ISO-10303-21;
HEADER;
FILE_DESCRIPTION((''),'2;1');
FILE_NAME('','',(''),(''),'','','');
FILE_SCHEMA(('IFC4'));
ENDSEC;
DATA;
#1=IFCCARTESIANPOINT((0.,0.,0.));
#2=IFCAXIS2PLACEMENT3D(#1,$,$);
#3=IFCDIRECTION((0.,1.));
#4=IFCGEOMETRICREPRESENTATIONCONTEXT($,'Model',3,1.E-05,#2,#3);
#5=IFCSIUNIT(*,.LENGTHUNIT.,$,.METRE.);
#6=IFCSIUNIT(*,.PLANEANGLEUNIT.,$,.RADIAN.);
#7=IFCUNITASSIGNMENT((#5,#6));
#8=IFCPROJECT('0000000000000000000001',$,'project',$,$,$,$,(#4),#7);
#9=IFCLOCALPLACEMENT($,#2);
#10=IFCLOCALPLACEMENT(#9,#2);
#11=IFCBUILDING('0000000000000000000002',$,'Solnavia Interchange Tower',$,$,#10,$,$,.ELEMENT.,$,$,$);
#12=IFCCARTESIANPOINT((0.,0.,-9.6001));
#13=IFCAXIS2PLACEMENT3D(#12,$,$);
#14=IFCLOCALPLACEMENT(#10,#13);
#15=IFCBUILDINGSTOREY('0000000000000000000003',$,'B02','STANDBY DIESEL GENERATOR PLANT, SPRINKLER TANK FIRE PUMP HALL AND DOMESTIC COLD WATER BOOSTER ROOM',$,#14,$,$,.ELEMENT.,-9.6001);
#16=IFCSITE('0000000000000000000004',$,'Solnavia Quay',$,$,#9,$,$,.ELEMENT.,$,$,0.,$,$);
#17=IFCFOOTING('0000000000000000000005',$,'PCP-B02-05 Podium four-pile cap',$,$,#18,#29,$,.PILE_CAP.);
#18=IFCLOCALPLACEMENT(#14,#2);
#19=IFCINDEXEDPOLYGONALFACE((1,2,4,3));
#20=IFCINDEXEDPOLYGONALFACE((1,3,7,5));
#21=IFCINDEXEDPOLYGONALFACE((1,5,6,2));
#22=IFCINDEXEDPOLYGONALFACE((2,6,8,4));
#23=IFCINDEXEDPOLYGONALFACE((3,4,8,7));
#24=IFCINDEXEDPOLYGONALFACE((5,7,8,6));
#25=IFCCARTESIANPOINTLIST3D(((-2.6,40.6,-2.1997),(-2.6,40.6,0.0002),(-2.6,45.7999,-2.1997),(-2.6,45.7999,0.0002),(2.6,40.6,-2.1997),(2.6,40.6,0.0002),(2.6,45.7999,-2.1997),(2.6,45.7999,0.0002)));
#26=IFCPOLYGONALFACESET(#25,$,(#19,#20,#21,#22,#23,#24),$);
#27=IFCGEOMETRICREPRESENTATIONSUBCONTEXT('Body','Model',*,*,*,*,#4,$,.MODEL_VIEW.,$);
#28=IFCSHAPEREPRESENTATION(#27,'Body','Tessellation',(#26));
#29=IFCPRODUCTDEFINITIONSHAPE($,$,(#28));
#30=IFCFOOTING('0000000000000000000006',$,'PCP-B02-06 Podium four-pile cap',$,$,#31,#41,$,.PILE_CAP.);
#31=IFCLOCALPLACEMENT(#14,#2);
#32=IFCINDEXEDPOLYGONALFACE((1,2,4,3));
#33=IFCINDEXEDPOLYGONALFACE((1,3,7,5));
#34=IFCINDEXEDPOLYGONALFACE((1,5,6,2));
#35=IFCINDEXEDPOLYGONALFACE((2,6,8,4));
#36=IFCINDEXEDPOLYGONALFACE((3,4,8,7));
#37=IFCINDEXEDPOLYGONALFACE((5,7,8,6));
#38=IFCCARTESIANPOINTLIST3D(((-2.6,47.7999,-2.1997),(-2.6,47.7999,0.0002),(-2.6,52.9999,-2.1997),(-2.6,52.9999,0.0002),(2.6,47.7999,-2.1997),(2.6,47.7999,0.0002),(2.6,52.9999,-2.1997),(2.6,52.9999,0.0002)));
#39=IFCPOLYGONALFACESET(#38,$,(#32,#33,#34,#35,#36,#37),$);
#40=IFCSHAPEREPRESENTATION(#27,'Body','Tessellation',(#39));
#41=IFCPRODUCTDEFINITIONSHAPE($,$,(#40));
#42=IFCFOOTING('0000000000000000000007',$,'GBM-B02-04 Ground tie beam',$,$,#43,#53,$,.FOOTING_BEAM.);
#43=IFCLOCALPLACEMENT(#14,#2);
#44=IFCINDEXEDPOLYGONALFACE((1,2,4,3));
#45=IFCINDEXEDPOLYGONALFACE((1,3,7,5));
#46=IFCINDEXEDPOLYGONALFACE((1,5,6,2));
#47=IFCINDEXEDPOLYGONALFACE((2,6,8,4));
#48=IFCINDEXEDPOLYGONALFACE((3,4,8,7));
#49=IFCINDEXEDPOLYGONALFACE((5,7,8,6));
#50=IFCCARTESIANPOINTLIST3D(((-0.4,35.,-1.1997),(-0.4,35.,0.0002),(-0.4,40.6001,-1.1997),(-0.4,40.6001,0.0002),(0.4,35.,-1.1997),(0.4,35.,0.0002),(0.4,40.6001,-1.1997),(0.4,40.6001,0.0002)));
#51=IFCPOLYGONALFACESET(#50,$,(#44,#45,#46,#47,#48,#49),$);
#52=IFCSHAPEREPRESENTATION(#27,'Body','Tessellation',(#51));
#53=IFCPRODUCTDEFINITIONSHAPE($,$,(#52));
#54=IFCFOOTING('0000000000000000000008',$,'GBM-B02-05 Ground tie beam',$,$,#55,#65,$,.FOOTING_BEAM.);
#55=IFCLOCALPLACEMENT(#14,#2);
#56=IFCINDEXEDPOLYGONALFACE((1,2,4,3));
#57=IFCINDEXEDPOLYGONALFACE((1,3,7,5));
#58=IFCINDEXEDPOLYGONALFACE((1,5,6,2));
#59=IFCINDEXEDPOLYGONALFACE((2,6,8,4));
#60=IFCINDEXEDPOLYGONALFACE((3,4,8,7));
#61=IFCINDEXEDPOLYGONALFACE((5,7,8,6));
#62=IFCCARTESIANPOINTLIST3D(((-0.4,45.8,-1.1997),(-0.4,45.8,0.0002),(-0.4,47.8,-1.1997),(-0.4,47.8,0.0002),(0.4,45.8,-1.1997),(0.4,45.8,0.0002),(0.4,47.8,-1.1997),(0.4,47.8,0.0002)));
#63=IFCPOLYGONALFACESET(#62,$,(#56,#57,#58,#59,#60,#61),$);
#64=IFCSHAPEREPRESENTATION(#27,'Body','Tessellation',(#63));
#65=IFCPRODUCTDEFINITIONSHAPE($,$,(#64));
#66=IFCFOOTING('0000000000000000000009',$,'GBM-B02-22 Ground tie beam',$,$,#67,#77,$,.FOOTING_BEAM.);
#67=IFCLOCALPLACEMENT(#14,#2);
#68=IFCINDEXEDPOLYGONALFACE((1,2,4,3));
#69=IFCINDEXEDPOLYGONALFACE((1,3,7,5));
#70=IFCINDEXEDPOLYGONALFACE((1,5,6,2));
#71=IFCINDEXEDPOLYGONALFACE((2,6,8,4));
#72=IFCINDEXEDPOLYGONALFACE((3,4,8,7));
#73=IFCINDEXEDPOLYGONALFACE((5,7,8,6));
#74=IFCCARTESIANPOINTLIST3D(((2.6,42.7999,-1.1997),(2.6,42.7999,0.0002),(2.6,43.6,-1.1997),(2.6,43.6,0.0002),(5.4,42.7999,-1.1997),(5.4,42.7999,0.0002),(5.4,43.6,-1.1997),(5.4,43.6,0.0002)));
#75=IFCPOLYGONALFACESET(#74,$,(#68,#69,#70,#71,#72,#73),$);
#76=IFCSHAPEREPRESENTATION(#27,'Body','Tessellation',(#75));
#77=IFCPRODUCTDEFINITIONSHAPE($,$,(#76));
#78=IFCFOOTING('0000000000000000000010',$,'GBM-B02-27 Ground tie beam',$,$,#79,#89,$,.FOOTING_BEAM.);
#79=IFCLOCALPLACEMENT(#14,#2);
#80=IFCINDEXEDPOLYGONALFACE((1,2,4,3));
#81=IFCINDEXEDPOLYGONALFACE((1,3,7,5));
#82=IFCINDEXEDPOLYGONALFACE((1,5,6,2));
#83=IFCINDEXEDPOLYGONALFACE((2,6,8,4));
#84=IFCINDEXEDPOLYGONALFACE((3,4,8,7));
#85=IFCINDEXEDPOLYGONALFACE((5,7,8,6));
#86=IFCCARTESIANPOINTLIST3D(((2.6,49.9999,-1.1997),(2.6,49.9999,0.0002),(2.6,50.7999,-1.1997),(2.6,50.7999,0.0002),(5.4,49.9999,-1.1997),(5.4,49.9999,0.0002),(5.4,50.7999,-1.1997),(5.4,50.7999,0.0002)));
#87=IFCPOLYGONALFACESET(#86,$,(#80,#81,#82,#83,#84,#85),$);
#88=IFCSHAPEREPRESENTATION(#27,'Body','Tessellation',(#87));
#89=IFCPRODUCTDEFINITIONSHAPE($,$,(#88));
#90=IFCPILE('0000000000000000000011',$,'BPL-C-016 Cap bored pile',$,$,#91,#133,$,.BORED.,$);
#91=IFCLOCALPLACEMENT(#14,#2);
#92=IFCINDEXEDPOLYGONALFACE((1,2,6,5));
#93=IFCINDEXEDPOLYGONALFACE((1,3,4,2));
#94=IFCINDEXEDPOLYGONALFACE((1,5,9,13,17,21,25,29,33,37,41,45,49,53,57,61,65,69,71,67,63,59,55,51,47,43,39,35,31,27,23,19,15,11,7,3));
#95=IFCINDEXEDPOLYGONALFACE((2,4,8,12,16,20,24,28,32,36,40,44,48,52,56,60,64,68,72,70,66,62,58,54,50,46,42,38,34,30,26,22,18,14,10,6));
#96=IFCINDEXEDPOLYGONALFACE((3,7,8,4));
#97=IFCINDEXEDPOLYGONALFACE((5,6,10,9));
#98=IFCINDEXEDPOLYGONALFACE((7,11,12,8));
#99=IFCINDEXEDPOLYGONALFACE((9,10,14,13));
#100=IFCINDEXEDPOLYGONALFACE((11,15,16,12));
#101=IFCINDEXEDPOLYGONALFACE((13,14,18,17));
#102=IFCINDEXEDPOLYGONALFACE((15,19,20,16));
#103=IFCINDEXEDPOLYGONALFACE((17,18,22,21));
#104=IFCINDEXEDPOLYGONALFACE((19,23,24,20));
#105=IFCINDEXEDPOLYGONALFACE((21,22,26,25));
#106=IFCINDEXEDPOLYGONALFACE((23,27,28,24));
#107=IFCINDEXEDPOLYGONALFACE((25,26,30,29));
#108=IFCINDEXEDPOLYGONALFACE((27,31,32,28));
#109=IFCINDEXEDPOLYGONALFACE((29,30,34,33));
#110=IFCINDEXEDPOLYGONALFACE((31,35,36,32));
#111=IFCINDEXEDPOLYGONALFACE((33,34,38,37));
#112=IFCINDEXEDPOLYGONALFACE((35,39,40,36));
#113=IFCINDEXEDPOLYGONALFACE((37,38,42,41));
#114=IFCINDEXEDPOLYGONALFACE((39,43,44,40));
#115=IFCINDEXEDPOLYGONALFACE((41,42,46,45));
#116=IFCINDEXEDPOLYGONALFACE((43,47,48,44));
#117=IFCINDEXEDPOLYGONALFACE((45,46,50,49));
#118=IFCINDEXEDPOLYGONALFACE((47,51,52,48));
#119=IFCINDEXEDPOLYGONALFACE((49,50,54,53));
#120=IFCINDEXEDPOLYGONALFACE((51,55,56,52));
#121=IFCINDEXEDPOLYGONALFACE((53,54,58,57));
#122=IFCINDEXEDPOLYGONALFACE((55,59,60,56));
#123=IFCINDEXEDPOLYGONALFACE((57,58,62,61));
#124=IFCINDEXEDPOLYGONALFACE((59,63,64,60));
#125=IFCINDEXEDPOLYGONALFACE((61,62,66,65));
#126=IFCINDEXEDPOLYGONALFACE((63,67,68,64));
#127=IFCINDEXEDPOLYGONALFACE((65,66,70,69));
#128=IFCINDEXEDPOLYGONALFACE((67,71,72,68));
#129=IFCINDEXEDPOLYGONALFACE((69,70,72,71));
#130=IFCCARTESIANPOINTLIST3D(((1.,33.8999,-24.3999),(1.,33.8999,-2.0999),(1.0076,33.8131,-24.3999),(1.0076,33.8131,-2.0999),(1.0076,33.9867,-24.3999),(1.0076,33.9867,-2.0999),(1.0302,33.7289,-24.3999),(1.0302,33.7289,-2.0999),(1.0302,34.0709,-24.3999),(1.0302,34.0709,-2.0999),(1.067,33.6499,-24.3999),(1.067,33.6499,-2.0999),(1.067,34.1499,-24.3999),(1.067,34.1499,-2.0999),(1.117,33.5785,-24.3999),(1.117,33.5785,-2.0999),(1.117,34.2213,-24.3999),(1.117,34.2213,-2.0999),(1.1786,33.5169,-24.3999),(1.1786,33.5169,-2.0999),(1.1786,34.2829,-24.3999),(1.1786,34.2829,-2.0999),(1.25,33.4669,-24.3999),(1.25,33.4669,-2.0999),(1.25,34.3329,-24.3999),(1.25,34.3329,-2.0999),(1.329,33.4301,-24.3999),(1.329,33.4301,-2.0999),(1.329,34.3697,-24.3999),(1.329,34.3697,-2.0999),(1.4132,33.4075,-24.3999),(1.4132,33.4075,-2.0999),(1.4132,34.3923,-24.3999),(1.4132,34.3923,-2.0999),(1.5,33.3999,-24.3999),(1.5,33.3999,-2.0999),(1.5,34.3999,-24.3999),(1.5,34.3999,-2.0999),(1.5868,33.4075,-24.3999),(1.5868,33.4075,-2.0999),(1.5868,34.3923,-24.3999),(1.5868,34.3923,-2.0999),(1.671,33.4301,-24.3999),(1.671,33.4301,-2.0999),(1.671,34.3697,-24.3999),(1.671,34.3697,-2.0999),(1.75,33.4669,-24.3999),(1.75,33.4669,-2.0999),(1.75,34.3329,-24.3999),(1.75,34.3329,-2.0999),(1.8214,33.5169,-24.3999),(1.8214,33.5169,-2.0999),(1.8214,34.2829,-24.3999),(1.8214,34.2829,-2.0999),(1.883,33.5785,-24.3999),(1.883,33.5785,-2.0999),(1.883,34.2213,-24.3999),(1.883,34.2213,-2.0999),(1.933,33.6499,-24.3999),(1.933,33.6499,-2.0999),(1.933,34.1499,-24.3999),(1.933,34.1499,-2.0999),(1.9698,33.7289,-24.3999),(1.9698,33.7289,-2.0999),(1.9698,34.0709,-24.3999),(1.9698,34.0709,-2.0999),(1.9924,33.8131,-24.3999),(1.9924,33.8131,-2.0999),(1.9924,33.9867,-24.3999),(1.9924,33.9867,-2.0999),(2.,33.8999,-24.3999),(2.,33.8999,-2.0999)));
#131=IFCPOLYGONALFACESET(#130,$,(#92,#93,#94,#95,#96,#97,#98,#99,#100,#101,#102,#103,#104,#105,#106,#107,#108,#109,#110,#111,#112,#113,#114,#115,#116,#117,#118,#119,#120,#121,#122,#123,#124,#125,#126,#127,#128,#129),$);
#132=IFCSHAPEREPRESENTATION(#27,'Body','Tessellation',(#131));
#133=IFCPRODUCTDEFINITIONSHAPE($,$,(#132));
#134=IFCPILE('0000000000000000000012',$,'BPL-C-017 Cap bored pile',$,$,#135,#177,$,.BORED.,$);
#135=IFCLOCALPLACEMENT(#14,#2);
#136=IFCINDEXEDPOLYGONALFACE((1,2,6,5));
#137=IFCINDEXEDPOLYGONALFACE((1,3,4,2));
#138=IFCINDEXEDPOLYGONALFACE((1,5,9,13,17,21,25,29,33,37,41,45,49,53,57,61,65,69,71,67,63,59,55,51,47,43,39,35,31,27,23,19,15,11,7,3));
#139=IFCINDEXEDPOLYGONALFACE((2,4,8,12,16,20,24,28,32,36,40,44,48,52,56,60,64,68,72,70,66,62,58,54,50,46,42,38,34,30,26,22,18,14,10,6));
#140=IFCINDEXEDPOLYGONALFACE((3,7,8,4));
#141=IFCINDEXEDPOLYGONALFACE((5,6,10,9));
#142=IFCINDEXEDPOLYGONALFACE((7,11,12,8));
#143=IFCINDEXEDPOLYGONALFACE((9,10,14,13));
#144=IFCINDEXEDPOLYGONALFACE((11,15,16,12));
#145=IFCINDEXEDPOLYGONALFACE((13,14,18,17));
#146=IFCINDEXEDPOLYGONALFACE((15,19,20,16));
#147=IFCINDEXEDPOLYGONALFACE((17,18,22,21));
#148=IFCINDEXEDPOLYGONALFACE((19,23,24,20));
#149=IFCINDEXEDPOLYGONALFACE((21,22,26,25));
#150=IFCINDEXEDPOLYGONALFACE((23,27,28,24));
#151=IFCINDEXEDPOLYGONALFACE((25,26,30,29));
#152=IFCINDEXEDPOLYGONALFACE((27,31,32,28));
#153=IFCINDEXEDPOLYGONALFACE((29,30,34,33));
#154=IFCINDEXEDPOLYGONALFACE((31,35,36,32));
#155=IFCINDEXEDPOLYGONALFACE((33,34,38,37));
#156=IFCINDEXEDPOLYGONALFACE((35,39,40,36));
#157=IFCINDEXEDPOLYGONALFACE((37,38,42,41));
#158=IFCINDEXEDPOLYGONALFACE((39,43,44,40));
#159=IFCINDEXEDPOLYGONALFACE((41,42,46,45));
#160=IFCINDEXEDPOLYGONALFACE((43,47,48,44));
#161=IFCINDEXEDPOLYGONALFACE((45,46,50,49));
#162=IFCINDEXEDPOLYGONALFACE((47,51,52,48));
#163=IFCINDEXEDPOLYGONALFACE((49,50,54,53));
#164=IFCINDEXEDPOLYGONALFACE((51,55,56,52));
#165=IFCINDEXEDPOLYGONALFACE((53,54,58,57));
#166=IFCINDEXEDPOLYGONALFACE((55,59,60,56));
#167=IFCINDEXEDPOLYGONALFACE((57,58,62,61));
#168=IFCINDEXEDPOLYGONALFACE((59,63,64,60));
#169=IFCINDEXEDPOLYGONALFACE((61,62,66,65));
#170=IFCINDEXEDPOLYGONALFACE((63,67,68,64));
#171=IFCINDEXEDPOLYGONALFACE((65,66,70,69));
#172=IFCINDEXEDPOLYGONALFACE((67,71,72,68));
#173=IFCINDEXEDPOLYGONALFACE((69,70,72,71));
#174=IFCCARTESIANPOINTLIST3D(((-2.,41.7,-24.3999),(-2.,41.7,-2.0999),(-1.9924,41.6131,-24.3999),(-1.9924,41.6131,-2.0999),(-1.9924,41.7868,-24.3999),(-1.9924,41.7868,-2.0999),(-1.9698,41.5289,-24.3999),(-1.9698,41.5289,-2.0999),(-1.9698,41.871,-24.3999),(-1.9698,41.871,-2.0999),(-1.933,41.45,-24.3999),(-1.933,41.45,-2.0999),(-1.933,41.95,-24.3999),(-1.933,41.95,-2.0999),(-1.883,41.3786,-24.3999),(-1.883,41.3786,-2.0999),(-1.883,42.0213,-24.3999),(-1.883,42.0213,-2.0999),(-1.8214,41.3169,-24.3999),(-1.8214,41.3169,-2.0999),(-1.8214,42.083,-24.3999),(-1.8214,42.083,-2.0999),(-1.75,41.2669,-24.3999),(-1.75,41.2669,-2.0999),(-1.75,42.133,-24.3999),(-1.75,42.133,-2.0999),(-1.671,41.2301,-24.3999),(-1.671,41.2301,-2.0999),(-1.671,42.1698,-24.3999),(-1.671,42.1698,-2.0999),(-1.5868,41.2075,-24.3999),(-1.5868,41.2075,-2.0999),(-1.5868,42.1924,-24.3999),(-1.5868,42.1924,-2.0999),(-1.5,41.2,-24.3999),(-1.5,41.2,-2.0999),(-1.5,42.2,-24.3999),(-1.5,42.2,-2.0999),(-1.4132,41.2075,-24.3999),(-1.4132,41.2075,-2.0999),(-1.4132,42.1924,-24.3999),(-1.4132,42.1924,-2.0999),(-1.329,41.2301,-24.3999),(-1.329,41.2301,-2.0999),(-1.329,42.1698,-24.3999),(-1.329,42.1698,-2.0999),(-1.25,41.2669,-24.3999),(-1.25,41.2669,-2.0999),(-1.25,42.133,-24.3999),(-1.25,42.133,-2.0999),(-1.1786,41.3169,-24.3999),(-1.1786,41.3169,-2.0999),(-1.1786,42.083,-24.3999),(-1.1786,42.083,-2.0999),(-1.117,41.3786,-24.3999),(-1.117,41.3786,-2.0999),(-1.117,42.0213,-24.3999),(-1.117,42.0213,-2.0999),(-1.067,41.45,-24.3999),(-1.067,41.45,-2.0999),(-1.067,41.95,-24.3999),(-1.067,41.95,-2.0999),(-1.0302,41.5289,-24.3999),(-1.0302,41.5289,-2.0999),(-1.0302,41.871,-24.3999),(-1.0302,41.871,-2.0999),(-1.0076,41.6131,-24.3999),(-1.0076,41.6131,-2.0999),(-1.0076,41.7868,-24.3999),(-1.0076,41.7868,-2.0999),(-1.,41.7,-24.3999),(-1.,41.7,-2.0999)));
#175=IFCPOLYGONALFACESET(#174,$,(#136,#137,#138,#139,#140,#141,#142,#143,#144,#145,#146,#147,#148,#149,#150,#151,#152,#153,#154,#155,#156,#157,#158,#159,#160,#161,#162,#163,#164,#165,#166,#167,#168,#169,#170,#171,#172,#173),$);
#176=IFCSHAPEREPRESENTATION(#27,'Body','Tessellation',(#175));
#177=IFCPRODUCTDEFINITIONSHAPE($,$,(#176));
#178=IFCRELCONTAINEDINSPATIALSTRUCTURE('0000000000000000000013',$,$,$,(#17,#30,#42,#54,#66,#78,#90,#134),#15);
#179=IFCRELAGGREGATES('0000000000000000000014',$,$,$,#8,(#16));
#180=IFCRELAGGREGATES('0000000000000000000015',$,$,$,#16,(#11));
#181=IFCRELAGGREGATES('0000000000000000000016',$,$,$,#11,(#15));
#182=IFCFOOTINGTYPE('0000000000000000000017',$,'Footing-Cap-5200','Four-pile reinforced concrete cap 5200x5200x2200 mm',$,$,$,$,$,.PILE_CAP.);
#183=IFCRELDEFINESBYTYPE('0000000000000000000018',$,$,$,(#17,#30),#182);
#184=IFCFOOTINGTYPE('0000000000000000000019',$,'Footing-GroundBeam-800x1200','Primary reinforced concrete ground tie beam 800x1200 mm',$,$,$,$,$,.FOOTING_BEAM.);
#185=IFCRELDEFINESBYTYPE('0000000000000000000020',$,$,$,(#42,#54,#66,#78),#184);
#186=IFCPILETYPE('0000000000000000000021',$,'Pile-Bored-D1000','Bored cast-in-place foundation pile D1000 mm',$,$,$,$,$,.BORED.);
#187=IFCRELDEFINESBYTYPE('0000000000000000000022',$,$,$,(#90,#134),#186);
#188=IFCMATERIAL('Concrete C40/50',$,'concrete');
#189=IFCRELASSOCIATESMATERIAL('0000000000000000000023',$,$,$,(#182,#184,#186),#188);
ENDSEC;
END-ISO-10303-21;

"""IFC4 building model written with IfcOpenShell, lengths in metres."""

from ifc_helpers import new_model, si_unit, direction, frame, origin, origin_2d, place, context, subcontext, project, spatial, rectangle, circle, extrude, material, material_profile, profile_set, type_object, element, save


model = new_model("IFC4")

# Units and contexts
model_context = context("Model", 3, precision=1e-05, world=origin(), true_north=direction((0.0, 1.0)))
body_context = subcontext(model_context, "Body", "Model", "MODEL_VIEW")
ifc_project = project(units=[si_unit("LENGTHUNIT", "METRE"), si_unit("PLANEANGLEUNIT", "RADIAN")], contexts=[model_context])

# Site, building, storey
site_placement = place(None, origin())
site = spatial("IfcSite", under=ifc_project, at=site_placement, Name="Solnavia Quay", CompositionType="ELEMENT", RefElevation=0.0)
building_placement = place(site_placement, origin())
building = spatial("IfcBuilding", under=site, at=building_placement, Name="Solnavia Interchange Tower", CompositionType="ELEMENT")
storey_placement = place(building_placement, frame((0.0, 0.0, -9.6001)))
storey = spatial("IfcBuildingStorey", under=building, at=storey_placement, Name="B02", Description="STANDBY DIESEL GENERATOR PLANT, SPRINKLER TANK FIRE PUMP HALL AND DOMESTIC COLD WATER BOOSTER ROOM", CompositionType="ELEMENT", Elevation=-9.6001)

# Footings
ifc_material_1 = material(Name="Concrete C40/50", Category="concrete")
footing_type_1 = type_object("IfcFootingType", Name="Footing-Cap-5200", Description="Four-pile reinforced concrete cap 5200x5200x2200 mm", PredefinedType="PILE_CAP", material=ifc_material_1)
for number, where, z_axis, x_axis, name in (
    (1, (0.0, 43.2, -2.1997), (0.0, 0.0, 1.0), (1.0, 0.0, 0.0), "PCP-B02-05 Podium four-pile cap"),
    (2, (0.0, 50.3999, -2.1997), (0.0, 0.0, 1.0), (1.0, 0.0, 0.0), "PCP-B02-06 Podium four-pile cap"),
):
    element("IfcFooting", number, at=place(storey_placement, frame(where, z_axis=z_axis, x_axis=x_axis)), inside=storey, type_object=footing_type_1, Name=name, PredefinedType="PILE_CAP", context=body_context, shape_type="SweptSolid", body=[
        extrude(rectangle(XDim=5.2, YDim=5.2, at=origin_2d()), origin(), (0.0, 0.0, 1.0), 2.2),
    ])
footing_type_2 = type_object("IfcFootingType", Name="Footing-GroundBeam-800x1200", Description="Primary reinforced concrete ground tie beam 800x1200 mm", PredefinedType="FOOTING_BEAM", material=ifc_material_1)
footing_1_placement = place(storey_placement, frame((0.0, 37.8, -1.1997), z_axis=(0.0, 0.0, 1.0), x_axis=(0.0, 1.0, 0.0)))
element("IfcFooting", 3, at=footing_1_placement, inside=storey, type_object=footing_type_2, Name="GBM-B02-04 Ground tie beam", PredefinedType="FOOTING_BEAM", context=body_context, shape_type="SweptSolid", body=[
    extrude(rectangle(XDim=5.6001, YDim=0.8, at=origin_2d()), origin(), (0.0, 0.0, 1.0), 1.2),
])
footing_2_placement = place(storey_placement, frame((0.0, 46.8, -1.1997), z_axis=(0.0, 0.0, 1.0), x_axis=(0.0, 1.0, 0.0)))
element("IfcFooting", 4, at=footing_2_placement, inside=storey, type_object=footing_type_2, Name="GBM-B02-05 Ground tie beam", PredefinedType="FOOTING_BEAM", context=body_context, shape_type="SweptSolid", body=[
    extrude(rectangle(XDim=2.0, YDim=0.8, at=origin_2d()), origin(), (0.0, 0.0, 1.0), 1.2),
])
for number, where, z_axis, x_axis, name in (
    (5, (4.0, 43.2, -1.1997), (0.0, 0.0, 1.0), (1.0, 0.0, 0.0), "GBM-B02-22 Ground tie beam"),
    (6, (4.0, 50.3999, -1.1997), (0.0, 0.0, 1.0), (1.0, 0.0, 0.0), "GBM-B02-27 Ground tie beam"),
):
    element("IfcFooting", number, at=place(storey_placement, frame(where, z_axis=z_axis, x_axis=x_axis)), inside=storey, type_object=footing_type_2, Name=name, PredefinedType="FOOTING_BEAM", context=body_context, shape_type="SweptSolid", body=[
        extrude(rectangle(XDim=2.8, YDim=0.8, at=origin_2d()), origin(), (0.0, 0.0, 1.0), 1.2),
    ])

# Piles
ifc_material_profile_1 = material_profile(ifc_material_1, circle(Radius=0.5, at=origin_2d()), Name="PILE D1000")
ifc_profile_set_1 = profile_set([ifc_material_profile_1], Name="Concrete C40/50")
pile_type_1 = type_object("IfcPileType", Name="Pile-Bored-D1000", Description="Bored cast-in-place foundation pile D1000 mm", PredefinedType="BORED", material=ifc_profile_set_1)
for number, where, z_axis, x_axis, name in (
    (7, (1.5, 33.8999, -2.0999), (0.0, 0.0, -1.0), (1.0, 0.0, 0.0), "BPL-C-016 Cap bored pile"),
    (8, (-1.5, 41.7, -2.0999), (0.0, 0.0, -1.0), (1.0, 0.0, 0.0), "BPL-C-017 Cap bored pile"),
):
    element("IfcPile", number, at=place(storey_placement, frame(where, z_axis=z_axis, x_axis=x_axis)), inside=storey, type_object=pile_type_1, Name=name, PredefinedType="BORED", context=body_context, shape_type="SweptSolid", body=[
        extrude(circle(Radius=0.5, at=origin_2d()), origin(), (0.0, 0.0, 1.0), 22.3),
    ])

save(model, "model.ifc")
